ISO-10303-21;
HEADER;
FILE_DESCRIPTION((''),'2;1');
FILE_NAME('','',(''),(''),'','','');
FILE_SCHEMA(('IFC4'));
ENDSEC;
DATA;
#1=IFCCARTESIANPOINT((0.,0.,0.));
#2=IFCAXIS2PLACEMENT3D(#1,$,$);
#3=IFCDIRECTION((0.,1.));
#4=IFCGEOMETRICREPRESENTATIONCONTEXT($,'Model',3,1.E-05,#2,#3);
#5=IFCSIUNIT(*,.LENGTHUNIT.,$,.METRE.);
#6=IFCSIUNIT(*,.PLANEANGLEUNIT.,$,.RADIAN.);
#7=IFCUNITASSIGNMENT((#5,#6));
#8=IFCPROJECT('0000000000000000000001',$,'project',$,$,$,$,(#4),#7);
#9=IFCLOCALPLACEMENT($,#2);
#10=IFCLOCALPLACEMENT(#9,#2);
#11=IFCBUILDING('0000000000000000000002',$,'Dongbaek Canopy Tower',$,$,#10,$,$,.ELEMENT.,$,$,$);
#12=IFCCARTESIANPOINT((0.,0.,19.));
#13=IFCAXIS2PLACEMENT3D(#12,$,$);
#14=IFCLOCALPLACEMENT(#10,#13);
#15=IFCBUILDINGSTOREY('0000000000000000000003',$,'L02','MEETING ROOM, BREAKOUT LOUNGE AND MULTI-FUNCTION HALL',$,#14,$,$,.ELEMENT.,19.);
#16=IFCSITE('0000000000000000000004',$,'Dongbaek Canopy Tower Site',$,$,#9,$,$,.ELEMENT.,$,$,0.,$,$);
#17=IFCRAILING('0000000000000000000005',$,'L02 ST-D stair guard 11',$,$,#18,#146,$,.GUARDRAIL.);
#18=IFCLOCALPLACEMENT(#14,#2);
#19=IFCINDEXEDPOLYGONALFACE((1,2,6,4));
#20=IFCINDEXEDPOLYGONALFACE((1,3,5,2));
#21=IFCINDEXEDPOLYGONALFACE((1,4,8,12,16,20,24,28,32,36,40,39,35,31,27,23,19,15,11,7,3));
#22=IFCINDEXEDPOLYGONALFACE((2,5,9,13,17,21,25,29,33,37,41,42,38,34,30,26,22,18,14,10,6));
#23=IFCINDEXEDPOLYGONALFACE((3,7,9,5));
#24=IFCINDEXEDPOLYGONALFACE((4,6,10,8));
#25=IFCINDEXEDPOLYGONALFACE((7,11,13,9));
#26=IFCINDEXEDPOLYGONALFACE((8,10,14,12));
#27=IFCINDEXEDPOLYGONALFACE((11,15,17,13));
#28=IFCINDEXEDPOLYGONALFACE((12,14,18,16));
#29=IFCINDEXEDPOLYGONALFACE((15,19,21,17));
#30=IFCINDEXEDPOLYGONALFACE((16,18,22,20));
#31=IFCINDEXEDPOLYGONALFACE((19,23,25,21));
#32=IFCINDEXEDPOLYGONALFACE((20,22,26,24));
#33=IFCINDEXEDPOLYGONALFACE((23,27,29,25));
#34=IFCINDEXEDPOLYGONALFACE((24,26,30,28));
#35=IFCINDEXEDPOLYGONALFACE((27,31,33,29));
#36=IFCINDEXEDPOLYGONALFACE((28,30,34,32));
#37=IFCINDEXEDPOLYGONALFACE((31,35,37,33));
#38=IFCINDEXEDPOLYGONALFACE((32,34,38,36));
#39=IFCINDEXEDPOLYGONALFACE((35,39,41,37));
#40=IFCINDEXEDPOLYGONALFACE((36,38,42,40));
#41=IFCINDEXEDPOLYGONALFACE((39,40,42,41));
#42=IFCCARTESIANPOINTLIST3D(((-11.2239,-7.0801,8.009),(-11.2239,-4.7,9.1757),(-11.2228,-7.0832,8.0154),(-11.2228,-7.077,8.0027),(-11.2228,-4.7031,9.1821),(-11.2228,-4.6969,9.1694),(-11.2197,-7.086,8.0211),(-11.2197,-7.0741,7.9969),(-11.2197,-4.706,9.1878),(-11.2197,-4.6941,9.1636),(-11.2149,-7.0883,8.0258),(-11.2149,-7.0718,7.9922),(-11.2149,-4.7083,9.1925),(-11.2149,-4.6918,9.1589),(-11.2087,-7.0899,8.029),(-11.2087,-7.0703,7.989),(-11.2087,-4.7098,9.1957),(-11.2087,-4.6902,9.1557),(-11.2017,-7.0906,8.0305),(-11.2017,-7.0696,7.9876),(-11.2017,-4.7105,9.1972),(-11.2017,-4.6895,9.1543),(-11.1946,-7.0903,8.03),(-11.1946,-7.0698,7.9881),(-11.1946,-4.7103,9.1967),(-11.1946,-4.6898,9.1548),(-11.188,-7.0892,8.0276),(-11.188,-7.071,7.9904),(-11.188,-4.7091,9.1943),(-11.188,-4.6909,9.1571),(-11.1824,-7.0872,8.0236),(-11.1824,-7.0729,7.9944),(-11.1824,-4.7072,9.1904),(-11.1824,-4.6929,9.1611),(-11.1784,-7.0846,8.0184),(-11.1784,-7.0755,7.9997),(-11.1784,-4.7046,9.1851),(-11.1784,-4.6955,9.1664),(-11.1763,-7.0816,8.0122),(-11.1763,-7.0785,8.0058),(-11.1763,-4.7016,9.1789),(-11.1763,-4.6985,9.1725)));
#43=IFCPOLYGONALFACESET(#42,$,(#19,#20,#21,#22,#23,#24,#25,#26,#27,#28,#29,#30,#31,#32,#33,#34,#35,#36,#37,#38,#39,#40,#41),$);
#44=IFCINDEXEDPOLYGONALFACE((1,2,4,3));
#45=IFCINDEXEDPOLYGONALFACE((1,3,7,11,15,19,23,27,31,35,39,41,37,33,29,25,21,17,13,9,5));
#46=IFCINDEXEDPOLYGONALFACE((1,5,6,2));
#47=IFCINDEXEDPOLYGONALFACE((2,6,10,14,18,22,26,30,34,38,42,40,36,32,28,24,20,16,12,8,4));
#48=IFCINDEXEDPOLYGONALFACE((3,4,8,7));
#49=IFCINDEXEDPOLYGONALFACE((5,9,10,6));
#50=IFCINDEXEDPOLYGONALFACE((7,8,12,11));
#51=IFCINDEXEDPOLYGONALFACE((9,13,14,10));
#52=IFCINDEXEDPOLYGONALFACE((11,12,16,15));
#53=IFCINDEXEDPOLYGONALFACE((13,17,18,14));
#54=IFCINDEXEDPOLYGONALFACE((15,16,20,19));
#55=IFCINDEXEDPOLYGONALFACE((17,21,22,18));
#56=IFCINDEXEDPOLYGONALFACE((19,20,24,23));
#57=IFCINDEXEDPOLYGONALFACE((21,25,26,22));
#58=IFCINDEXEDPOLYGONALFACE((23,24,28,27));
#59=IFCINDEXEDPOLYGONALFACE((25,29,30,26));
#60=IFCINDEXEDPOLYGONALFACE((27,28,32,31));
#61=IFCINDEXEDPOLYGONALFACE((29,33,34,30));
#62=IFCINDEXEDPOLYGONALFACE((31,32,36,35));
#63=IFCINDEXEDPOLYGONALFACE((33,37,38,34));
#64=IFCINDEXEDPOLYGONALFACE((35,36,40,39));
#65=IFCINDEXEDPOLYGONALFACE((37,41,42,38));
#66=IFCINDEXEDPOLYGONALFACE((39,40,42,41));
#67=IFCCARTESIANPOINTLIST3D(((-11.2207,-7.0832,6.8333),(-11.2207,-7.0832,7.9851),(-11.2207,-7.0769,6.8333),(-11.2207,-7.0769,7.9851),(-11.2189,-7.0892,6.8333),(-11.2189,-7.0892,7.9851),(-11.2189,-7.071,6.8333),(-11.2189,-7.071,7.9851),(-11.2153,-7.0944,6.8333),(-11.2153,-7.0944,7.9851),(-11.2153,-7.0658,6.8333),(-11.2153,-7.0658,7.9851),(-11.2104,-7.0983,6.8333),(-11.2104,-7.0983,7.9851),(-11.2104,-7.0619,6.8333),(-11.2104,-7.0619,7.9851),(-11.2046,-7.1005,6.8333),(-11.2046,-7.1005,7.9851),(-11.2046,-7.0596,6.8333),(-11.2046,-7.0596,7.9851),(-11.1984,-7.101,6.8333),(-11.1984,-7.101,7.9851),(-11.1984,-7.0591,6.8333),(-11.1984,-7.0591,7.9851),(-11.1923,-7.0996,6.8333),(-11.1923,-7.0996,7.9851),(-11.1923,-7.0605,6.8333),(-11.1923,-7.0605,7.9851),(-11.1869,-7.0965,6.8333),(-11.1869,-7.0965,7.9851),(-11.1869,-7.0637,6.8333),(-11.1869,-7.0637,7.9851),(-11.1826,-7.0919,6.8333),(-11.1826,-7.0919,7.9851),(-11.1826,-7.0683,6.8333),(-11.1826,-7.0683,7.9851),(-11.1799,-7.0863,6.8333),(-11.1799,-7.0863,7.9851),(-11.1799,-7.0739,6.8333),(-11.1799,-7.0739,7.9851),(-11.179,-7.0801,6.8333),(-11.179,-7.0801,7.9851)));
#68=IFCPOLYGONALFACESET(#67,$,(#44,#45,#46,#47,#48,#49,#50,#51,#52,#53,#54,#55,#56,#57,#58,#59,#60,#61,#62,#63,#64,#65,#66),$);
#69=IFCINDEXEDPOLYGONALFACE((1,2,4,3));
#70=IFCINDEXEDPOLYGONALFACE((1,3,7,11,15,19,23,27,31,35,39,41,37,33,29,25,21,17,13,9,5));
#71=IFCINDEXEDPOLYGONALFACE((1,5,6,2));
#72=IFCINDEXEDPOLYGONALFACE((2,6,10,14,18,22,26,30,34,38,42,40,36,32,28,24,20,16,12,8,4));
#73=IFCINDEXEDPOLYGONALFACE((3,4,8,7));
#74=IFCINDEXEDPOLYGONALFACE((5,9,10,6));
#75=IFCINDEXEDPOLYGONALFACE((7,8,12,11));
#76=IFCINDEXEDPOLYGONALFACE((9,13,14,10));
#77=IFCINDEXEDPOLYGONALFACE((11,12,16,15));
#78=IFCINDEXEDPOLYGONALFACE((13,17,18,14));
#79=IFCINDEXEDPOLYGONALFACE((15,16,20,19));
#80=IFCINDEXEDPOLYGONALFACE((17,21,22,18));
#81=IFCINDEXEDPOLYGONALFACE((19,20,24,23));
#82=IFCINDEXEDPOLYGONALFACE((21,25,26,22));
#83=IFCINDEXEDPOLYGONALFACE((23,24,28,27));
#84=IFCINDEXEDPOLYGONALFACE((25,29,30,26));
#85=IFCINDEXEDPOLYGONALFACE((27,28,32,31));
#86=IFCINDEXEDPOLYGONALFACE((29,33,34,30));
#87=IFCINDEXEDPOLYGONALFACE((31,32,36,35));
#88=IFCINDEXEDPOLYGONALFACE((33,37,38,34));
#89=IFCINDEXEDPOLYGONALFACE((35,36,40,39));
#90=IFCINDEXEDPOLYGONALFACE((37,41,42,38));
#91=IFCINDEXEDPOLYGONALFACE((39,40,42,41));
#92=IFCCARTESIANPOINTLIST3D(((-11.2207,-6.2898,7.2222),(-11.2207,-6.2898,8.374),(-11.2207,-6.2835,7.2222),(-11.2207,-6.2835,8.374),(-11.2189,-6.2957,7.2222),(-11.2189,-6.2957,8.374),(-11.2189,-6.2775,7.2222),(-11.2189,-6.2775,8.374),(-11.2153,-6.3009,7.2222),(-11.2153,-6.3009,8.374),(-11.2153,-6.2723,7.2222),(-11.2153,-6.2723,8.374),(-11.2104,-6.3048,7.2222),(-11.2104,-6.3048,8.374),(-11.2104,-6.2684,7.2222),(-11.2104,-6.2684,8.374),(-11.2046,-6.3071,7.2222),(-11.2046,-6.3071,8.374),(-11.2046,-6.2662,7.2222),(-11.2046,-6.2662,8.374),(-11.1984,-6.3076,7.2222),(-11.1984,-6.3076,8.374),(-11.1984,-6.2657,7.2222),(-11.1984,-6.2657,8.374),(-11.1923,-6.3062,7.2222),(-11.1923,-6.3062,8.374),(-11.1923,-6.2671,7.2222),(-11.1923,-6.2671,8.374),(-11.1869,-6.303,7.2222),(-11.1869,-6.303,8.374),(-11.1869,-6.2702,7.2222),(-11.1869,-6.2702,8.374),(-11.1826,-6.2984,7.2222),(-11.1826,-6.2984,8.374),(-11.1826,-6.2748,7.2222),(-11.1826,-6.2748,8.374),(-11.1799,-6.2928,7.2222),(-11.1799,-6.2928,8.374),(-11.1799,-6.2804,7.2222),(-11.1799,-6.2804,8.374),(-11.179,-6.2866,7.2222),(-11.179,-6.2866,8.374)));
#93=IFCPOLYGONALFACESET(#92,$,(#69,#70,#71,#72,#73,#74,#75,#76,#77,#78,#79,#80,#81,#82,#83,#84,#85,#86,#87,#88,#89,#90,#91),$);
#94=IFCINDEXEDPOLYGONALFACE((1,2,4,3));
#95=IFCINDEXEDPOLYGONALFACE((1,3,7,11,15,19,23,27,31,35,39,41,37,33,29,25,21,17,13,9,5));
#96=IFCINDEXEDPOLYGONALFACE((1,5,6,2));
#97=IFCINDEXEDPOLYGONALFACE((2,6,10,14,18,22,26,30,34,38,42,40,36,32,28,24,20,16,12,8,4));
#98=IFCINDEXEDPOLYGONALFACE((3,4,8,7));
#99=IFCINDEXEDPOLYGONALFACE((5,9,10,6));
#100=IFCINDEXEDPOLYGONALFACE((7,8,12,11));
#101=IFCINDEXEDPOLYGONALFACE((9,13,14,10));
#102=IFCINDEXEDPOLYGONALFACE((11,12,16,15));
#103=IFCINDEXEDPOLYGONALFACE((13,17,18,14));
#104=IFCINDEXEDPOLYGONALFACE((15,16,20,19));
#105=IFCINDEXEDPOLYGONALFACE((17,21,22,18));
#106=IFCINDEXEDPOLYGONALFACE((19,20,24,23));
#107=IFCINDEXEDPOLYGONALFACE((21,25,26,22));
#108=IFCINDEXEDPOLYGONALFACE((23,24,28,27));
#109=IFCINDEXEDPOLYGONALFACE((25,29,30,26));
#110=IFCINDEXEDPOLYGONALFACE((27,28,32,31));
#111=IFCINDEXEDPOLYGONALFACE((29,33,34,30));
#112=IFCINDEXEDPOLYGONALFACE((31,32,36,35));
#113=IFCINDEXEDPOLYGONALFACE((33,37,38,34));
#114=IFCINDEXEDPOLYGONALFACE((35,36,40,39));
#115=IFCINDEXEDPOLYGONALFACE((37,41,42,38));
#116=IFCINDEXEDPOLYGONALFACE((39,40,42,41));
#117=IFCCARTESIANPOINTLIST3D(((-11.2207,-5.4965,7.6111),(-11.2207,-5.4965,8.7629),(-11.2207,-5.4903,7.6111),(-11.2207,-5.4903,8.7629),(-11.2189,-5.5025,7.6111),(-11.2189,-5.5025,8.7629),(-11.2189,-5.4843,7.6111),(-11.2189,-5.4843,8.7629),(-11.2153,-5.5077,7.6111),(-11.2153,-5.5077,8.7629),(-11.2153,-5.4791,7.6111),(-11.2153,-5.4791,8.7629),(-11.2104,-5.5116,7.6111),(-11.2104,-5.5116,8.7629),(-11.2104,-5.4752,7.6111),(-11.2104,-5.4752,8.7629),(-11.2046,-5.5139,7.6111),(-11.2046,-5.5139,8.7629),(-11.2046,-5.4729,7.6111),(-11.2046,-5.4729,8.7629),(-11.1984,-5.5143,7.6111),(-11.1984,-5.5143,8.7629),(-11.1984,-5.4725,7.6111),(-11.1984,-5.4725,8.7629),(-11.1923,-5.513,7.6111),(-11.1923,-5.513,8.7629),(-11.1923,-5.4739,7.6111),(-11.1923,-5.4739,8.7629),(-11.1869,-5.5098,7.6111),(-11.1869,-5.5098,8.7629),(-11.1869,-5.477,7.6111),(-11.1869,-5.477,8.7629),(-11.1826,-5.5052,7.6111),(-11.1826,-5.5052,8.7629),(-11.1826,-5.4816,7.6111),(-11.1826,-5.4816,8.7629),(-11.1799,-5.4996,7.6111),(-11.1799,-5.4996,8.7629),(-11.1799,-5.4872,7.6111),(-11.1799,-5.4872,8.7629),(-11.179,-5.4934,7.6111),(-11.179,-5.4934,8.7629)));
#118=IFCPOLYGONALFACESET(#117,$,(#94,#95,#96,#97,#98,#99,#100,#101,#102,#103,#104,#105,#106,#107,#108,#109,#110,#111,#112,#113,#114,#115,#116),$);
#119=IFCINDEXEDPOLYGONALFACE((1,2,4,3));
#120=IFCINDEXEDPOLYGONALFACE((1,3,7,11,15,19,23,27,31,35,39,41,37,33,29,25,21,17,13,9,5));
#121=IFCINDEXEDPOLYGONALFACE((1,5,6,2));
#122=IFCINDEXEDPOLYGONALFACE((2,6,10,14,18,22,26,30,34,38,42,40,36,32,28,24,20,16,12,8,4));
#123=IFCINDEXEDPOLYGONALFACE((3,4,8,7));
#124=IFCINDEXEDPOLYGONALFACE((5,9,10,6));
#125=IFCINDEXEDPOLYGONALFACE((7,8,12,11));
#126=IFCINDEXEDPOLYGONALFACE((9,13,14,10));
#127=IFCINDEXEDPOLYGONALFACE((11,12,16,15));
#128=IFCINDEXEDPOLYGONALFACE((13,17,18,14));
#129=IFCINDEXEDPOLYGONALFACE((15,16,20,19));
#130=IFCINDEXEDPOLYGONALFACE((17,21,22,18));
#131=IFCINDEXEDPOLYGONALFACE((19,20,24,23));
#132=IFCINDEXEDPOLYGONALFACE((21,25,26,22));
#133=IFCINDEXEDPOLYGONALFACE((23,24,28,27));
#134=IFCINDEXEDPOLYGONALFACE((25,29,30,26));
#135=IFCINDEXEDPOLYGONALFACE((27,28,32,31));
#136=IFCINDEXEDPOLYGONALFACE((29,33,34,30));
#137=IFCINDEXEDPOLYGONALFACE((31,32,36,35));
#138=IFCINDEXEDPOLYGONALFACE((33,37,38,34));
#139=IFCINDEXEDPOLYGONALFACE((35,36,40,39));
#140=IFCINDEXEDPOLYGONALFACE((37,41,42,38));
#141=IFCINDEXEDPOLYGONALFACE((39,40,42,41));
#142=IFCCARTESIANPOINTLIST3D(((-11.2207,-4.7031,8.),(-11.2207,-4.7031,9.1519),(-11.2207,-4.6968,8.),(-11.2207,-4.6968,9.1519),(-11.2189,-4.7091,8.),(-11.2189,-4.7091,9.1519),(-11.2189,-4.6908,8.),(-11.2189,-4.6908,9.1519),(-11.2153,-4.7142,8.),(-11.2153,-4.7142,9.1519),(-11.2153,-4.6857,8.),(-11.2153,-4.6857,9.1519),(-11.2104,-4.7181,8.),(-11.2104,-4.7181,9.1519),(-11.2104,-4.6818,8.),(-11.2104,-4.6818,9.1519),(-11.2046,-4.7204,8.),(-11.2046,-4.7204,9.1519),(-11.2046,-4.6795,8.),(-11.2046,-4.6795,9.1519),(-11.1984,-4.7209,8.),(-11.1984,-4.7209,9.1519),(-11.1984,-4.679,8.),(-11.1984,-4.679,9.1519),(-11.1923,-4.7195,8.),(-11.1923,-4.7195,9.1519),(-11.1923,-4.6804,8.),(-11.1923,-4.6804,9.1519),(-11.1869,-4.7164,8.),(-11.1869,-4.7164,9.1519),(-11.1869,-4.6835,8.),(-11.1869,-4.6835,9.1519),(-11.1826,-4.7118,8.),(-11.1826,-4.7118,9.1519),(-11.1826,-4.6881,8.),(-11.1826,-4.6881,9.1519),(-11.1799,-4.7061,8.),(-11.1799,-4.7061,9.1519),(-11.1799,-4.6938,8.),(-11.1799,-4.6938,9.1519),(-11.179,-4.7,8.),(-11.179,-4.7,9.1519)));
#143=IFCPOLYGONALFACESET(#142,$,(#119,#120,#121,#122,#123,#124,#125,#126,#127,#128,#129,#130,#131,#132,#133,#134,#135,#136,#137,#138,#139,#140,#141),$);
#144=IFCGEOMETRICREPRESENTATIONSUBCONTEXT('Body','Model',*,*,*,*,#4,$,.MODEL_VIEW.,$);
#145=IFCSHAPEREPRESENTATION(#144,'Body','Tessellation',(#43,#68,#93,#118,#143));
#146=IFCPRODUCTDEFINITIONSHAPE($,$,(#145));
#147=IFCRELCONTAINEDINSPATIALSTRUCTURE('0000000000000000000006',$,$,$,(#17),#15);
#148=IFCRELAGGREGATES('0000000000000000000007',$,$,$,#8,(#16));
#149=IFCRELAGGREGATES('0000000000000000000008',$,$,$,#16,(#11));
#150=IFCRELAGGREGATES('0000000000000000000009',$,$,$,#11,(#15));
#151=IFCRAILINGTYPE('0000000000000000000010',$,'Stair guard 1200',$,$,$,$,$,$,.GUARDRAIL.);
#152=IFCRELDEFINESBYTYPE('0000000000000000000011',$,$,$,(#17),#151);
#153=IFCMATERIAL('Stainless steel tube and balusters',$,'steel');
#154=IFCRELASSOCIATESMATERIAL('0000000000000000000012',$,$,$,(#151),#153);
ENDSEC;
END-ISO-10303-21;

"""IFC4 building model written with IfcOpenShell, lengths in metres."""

from ifc_helpers import new_model, si_unit, direction, frame, origin, origin_2d, place, context, subcontext, project, spatial, circle, extrude, material, type_object, element, save


model = new_model("IFC4")

# Units and contexts
model_context = context("Model", 3, precision=1e-05, world=origin(), true_north=direction((0.0, 1.0)))
body_context = subcontext(model_context, "Body", "Model", "MODEL_VIEW")
ifc_project = project(units=[si_unit("LENGTHUNIT", "METRE"), si_unit("PLANEANGLEUNIT", "RADIAN")], contexts=[model_context])

# Site, building, storey
site_placement = place(None, origin())
site = spatial("IfcSite", under=ifc_project, at=site_placement, Name="Dongbaek Canopy Tower Site", CompositionType="ELEMENT", RefElevation=0.0)
building_placement = place(site_placement, origin())
building = spatial("IfcBuilding", under=site, at=building_placement, Name="Dongbaek Canopy Tower", CompositionType="ELEMENT")
storey_placement = place(building_placement, frame((0.0, 0.0, 19.0)))
storey = spatial("IfcBuildingStorey", under=building, at=storey_placement, Name="L02", Description="MEETING ROOM, BREAKOUT LOUNGE AND MULTI-FUNCTION HALL", CompositionType="ELEMENT", Elevation=19.0)

# Railing
ifc_material_1 = material(Name="Stainless steel tube and balusters", Category="steel")
railing_type_1 = type_object("IfcRailingType", Name="Stair guard 1200", PredefinedType="GUARDRAIL", material=ifc_material_1)
railing_1_placement = place(storey_placement, frame((-11.2, -7.0801, 6.8333)))
element("IfcRailing", 1, at=railing_1_placement, inside=storey, type_object=railing_type_1, Name="L02 ST-D stair guard 11", PredefinedType="GUARDRAIL", context=body_context, shape_type="SweptSolid", body=[
    extrude(circle(Radius=0.0239, at=origin_2d()), frame((0.0, 0.0, 1.1758), z_axis=(0.0, 0.897918, 0.440163), x_axis=(-1.0, 0.0, 0.0)), (0.0, 0.0, 1.0), 2.6506),
    extrude(circle(Radius=0.021, at=origin_2d()), origin(), (0.0, 0.0, 1.0), 1.1519),
    extrude(circle(Radius=0.021, at=origin_2d()), frame((0.0, 0.7935, 0.3889)), (0.0, 0.0, 1.0), 1.1519),
    extrude(circle(Radius=0.021, at=origin_2d()), frame((0.0, 1.5867, 0.7778)), (0.0, 0.0, 1.0), 1.1519),
    extrude(circle(Radius=0.021, at=origin_2d()), frame((0.0, 2.3801, 1.1667)), (0.0, 0.0, 1.0), 1.1519),
])

save(model, "model.ifc")
